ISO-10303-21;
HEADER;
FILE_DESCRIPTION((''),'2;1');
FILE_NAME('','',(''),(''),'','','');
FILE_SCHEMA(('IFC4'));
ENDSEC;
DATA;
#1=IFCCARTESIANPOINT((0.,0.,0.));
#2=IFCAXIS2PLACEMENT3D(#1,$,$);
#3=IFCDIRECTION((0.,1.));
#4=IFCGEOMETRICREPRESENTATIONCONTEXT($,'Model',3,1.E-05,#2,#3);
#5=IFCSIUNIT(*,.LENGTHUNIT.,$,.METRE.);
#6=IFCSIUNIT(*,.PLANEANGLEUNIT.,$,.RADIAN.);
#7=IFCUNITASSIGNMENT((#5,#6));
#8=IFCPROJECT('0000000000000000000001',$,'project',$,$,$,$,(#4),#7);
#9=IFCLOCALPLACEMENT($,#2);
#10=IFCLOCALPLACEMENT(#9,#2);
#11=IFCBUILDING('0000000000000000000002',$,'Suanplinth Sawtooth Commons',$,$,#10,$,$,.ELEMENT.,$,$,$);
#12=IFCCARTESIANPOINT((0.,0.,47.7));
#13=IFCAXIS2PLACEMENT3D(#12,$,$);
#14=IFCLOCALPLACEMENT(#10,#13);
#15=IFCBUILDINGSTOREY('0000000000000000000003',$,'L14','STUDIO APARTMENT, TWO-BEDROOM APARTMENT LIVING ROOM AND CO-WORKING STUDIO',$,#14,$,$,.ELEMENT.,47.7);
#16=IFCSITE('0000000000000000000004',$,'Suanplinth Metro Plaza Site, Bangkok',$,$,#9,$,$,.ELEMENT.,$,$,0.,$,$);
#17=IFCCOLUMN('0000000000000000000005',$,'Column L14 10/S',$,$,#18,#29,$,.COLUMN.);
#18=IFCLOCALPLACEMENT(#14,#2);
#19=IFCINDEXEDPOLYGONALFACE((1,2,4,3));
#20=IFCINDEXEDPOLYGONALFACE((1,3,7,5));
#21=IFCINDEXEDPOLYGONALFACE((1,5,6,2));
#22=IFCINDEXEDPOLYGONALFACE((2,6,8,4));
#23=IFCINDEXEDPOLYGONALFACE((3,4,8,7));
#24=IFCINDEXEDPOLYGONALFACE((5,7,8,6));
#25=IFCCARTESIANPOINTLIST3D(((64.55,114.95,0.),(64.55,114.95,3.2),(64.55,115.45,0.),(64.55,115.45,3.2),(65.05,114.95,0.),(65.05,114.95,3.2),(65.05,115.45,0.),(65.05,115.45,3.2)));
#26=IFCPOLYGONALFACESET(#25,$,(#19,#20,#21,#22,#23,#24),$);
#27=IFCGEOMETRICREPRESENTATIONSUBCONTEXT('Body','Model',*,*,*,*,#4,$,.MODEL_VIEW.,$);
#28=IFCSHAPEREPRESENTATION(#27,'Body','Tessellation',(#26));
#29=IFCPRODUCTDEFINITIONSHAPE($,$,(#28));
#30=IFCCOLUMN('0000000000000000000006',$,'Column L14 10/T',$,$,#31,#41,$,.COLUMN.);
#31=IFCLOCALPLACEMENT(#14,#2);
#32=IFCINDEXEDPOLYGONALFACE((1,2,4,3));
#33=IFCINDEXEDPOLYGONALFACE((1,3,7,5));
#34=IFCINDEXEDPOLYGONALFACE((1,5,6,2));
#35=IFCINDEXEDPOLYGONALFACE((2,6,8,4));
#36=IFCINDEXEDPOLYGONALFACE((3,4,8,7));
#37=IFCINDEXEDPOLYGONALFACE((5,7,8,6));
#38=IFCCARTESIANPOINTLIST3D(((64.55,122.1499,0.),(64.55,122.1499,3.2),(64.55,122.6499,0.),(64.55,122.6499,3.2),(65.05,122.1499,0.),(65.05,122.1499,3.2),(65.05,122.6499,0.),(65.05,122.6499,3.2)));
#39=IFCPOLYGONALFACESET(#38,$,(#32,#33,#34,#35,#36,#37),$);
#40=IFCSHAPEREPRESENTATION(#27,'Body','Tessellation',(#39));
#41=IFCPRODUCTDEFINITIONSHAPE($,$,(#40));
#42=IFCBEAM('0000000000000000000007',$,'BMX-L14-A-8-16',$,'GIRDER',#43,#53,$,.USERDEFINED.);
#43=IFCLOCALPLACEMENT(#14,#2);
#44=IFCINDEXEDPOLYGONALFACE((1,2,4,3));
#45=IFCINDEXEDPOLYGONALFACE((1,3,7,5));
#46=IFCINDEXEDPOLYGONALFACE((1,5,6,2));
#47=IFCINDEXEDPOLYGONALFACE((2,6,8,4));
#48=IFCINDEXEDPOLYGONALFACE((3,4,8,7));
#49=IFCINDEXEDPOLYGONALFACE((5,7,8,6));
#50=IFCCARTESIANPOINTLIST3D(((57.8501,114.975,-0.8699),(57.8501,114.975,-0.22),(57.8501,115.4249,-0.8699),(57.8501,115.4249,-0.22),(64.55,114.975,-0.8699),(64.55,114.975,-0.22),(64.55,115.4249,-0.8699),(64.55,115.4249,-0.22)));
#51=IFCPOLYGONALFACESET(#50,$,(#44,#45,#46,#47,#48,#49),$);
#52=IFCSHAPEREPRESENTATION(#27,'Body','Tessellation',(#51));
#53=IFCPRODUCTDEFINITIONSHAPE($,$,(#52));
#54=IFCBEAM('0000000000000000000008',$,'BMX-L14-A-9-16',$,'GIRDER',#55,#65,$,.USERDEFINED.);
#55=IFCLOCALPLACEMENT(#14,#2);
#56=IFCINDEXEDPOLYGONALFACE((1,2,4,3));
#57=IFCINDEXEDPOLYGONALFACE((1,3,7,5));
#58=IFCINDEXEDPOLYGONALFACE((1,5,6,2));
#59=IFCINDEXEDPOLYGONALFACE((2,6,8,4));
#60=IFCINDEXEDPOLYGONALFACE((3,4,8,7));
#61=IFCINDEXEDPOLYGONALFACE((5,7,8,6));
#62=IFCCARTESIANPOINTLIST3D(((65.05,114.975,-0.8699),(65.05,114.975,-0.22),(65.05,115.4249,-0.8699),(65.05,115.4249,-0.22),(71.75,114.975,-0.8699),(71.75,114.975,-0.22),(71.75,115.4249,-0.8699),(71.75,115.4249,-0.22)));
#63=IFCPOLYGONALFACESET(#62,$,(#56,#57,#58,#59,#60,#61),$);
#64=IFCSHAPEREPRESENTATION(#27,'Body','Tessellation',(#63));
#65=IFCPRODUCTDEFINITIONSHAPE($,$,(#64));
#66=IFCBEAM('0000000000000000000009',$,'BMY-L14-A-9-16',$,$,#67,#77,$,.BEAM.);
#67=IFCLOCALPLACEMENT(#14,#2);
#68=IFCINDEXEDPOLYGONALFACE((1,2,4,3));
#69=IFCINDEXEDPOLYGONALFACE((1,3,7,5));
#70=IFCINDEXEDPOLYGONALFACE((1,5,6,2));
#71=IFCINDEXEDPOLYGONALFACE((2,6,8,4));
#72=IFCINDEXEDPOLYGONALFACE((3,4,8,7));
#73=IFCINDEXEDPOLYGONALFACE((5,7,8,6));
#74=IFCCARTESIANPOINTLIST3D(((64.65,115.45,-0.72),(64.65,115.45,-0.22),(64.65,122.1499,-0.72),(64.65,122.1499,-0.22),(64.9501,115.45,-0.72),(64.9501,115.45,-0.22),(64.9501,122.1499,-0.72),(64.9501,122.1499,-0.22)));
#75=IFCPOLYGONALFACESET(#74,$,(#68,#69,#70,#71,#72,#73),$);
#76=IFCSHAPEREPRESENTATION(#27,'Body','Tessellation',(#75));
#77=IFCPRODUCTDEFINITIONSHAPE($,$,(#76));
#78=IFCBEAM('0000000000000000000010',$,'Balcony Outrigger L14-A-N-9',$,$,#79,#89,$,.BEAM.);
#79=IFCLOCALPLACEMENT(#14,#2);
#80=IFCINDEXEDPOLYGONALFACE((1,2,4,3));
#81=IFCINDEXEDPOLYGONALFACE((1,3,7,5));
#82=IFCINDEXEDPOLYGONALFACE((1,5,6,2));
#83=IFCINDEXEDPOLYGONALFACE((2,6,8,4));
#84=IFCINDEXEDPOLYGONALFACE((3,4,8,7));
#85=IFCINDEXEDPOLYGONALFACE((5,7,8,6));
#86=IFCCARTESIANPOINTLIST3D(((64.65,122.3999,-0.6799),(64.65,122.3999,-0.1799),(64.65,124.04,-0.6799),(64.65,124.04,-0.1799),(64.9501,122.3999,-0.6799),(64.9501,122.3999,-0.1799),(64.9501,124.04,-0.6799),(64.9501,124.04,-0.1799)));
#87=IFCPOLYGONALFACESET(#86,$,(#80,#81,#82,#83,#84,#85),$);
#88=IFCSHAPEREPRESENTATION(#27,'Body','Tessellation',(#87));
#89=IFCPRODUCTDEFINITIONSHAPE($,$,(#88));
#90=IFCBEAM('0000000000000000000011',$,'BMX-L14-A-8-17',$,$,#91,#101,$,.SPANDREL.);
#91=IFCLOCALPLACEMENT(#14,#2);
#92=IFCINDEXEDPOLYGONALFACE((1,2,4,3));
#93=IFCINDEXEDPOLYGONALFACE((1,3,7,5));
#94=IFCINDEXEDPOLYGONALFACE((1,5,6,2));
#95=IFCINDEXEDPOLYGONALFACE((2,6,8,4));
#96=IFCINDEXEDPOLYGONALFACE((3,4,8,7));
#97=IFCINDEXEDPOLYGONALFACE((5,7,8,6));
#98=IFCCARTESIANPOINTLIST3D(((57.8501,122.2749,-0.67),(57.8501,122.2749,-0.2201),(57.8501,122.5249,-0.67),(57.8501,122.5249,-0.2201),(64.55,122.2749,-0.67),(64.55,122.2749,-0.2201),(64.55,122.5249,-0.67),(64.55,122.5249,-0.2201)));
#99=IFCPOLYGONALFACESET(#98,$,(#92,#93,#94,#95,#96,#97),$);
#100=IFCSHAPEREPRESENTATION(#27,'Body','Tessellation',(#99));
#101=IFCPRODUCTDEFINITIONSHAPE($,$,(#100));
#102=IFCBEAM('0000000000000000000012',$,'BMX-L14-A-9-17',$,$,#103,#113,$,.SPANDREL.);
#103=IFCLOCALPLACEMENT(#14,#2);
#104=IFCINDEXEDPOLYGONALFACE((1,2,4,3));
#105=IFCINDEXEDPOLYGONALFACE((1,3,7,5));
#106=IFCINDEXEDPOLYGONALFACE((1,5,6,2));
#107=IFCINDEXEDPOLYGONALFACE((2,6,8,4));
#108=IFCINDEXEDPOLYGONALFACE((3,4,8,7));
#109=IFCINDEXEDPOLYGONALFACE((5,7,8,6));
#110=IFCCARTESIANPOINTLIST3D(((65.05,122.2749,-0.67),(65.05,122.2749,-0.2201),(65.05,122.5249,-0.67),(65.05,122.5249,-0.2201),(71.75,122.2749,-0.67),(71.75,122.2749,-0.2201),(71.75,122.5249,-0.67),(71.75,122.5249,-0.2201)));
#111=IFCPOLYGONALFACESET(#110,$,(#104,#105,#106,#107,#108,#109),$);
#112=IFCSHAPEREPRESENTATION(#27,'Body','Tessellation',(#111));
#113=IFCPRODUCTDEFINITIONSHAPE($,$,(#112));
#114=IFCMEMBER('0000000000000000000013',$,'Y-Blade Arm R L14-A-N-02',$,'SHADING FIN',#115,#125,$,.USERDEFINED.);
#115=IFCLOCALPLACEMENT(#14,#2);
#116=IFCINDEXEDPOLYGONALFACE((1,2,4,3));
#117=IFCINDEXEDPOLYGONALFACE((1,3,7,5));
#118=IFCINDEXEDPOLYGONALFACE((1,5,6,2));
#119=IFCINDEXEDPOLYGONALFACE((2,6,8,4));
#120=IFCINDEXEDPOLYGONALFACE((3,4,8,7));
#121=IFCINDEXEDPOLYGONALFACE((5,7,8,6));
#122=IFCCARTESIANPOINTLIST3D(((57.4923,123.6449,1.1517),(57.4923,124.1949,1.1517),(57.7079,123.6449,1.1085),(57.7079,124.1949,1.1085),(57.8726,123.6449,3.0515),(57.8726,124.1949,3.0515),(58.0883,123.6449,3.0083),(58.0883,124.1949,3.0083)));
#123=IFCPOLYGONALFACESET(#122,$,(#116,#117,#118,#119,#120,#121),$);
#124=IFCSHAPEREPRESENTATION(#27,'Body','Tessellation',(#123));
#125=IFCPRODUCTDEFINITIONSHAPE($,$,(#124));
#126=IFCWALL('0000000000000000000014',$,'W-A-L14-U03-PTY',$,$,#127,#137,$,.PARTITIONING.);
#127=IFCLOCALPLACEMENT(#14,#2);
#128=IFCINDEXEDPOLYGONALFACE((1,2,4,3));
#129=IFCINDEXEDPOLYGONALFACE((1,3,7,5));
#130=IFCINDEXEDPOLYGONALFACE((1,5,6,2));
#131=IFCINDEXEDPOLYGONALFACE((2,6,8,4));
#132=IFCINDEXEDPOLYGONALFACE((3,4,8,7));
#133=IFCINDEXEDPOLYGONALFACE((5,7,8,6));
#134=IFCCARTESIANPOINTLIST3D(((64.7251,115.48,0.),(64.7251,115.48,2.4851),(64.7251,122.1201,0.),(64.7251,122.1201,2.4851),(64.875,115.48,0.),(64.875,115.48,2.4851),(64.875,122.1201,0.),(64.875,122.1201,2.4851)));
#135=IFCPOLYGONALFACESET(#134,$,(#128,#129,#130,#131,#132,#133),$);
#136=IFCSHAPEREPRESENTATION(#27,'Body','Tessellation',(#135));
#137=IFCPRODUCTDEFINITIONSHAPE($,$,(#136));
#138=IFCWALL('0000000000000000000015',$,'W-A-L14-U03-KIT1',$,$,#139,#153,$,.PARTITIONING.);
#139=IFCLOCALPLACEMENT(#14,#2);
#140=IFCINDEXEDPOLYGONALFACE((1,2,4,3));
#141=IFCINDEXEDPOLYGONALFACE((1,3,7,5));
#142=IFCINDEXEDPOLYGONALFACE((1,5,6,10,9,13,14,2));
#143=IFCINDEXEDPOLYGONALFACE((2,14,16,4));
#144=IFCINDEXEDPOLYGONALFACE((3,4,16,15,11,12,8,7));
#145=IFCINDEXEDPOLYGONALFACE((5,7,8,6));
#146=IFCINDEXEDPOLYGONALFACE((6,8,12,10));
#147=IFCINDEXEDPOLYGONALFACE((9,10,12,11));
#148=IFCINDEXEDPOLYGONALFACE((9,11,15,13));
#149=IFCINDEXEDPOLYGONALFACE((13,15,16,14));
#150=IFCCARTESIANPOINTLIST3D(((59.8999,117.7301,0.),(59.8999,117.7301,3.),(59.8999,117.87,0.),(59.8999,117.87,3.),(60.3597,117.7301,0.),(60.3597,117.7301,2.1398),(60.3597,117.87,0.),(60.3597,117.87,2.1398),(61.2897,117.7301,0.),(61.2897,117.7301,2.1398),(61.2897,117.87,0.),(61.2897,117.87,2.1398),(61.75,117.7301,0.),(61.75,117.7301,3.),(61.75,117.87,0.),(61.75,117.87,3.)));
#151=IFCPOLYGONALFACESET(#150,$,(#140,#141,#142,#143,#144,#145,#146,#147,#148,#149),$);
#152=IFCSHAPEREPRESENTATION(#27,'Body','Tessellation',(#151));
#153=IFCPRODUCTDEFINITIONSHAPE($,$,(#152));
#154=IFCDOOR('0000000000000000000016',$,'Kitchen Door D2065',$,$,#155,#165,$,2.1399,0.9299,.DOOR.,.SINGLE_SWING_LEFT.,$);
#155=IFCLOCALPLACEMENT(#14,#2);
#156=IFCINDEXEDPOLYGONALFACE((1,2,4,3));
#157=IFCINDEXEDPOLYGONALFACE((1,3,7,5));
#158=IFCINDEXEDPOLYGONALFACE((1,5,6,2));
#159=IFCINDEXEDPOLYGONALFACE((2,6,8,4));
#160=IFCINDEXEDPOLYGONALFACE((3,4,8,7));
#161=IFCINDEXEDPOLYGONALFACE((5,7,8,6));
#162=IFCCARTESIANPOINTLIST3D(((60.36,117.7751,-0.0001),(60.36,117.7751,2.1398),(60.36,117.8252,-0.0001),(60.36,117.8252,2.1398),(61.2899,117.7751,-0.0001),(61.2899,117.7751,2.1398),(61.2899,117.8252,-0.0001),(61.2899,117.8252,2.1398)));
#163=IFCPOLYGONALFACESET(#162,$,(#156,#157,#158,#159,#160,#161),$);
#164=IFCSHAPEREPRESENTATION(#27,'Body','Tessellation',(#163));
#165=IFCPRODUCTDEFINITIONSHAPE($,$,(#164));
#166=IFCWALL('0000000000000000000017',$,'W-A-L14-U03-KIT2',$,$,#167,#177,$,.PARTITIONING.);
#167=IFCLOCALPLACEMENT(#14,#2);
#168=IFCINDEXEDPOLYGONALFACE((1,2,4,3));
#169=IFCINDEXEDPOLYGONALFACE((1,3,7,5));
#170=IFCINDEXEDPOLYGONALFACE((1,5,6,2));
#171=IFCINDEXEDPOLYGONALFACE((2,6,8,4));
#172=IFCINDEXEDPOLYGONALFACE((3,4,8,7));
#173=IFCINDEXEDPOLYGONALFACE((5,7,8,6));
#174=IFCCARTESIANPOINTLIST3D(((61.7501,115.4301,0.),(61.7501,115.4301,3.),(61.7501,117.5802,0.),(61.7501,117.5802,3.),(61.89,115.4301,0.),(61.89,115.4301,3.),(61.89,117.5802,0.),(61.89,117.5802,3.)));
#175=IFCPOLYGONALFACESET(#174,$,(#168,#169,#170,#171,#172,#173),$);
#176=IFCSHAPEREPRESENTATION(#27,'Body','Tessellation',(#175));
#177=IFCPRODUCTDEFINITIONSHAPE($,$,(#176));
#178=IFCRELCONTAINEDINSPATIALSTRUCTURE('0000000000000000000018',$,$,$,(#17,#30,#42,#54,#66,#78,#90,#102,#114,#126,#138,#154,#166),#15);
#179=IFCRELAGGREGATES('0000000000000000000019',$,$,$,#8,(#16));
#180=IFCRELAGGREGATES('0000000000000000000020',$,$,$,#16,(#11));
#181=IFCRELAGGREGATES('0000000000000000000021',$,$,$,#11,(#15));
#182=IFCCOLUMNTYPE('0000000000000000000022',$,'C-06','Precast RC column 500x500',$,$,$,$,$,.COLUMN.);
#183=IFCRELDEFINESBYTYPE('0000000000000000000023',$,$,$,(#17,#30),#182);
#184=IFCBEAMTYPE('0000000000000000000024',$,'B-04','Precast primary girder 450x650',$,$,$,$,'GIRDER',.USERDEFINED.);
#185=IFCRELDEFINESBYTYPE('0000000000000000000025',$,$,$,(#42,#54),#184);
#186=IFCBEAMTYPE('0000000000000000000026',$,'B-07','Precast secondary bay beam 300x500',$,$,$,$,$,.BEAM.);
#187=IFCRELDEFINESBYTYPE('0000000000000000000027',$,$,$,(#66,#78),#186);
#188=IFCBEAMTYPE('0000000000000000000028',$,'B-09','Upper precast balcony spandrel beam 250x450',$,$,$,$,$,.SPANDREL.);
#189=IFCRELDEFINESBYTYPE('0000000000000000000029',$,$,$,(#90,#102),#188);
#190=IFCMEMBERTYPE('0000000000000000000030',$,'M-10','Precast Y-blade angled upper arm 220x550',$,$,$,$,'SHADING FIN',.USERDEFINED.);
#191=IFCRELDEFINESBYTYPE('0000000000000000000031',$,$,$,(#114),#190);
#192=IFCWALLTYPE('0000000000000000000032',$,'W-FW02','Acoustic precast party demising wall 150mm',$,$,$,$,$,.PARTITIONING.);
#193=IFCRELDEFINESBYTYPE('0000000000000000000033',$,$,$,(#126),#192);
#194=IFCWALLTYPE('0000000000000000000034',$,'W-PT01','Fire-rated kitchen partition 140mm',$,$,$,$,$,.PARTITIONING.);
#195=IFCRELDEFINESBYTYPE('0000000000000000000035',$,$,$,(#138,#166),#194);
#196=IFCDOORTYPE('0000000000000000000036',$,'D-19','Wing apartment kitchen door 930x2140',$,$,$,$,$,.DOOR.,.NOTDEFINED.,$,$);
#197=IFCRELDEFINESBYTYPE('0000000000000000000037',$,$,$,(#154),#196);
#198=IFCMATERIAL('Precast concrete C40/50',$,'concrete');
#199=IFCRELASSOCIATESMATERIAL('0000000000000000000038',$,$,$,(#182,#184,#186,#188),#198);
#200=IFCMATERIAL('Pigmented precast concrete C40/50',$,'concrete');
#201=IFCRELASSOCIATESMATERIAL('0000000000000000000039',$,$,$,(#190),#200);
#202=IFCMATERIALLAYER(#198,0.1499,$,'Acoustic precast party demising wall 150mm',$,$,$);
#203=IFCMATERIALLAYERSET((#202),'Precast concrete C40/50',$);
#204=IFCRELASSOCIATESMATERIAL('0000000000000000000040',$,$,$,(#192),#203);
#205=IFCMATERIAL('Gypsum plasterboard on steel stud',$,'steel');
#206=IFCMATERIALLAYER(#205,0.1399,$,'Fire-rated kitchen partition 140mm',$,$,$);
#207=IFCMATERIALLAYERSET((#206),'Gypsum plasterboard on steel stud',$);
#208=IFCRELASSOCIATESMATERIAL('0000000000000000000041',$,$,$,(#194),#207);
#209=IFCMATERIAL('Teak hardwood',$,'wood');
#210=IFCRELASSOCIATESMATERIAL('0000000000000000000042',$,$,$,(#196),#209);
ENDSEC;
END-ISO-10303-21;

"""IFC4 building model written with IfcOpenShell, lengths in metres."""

from ifc_helpers import new_model, si_unit, direction, frame, frame_2d, origin, origin_2d, place, context, subcontext, project, spatial, rectangle, extrude, material, layer, layer_set, material_profile, profile_set, type_object, element, fill, save


model = new_model("IFC4")

# Units and contexts
model_context = context("Model", 3, precision=1e-05, world=origin(), true_north=direction((0.0, 1.0)))
body_context = subcontext(model_context, "Body", "Model", "MODEL_VIEW")
ifc_project = project(units=[si_unit("LENGTHUNIT", "METRE"), si_unit("PLANEANGLEUNIT", "RADIAN")], contexts=[model_context])

# Site, building, storey
site_placement = place(None, origin())
site = spatial("IfcSite", under=ifc_project, at=site_placement, Name="Suanplinth Metro Plaza Site, Bangkok", CompositionType="ELEMENT", RefElevation=0.0)
building_placement = place(site_placement, origin())
building = spatial("IfcBuilding", under=site, at=building_placement, Name="Suanplinth Sawtooth Commons", CompositionType="ELEMENT")
storey_placement = place(building_placement, frame((0.0, 0.0, 47.7)))
storey = spatial("IfcBuildingStorey", under=building, at=storey_placement, Name="L14", Description="STUDIO APARTMENT, TWO-BEDROOM APARTMENT LIVING ROOM AND CO-WORKING STUDIO", CompositionType="ELEMENT", Elevation=47.7)

# Columns
ifc_material_1 = material(Name="Precast concrete C40/50", Category="concrete")
ifc_material_profile_1 = material_profile(ifc_material_1, rectangle(XDim=0.5, YDim=0.5, at=origin_2d()), Name="PC-COL 500x500")
ifc_profile_set_1 = profile_set([ifc_material_profile_1], Name="Precast concrete C40/50")
column_type = type_object("IfcColumnType", Name="C-06", Description="Precast RC column 500x500", PredefinedType="COLUMN", material=ifc_profile_set_1)
for number, where, z_axis, x_axis, name in (
    (1, (64.8, 115.2, 0.0), (0.0, 0.0, 1.0), (1.0, 0.0, 0.0), "Column L14 10/S"),
    (2, (64.8, 122.3999, 0.0), (0.0, 0.0, 1.0), (1.0, 0.0, 0.0), "Column L14 10/T"),
):
    element("IfcColumn", number, at=place(storey_placement, frame(where, z_axis=z_axis, x_axis=x_axis)), inside=storey, type_object=column_type, Name=name, PredefinedType="COLUMN", context=body_context, shape_type="SweptSolid", body=[
        extrude(rectangle(XDim=0.5, YDim=0.5, at=origin_2d()), origin(), (0.0, 0.0, 1.0), 3.2),
    ])

# Beams
ifc_material_profile_2 = material_profile(ifc_material_1, rectangle(XDim=0.45, YDim=0.6499, at=origin_2d()), Name="PC-GDR 450x650")
ifc_profile_set_2 = profile_set([ifc_material_profile_2], Name="Precast concrete C40/50")
beam_type_1 = type_object("IfcBeamType", Name="B-04", Description="Precast primary girder 450x650", ElementType="GIRDER", PredefinedType="USERDEFINED", material=ifc_profile_set_2)
for number, where, z_axis, x_axis, name in (
    (3, (57.8501, 115.2, -0.5449), (1.0, 0.0, 0.0), (0.0, 1.0, 0.0), "BMX-L14-A-8-16"),
    (4, (65.05, 115.2, -0.5449), (1.0, 0.0, 0.0), (0.0, 1.0, 0.0), "BMX-L14-A-9-16"),
):
    element("IfcBeam", number, at=place(storey_placement, frame(where, z_axis=z_axis, x_axis=x_axis)), inside=storey, type_object=beam_type_1, Name=name, ObjectType="GIRDER", PredefinedType="USERDEFINED", context=body_context, shape_type="SweptSolid", body=[
        extrude(rectangle(XDim=0.45, YDim=0.6499, at=origin_2d()), origin(), (0.0, 0.0, 1.0), 6.7),
    ])
ifc_material_profile_3 = material_profile(ifc_material_1, rectangle(XDim=0.3, YDim=0.5, at=origin_2d()), Name="PC-BM 300x500")
ifc_profile_set_3 = profile_set([ifc_material_profile_3], Name="Precast concrete C40/50")
beam_type_2 = type_object("IfcBeamType", Name="B-07", Description="Precast secondary bay beam 300x500", PredefinedType="BEAM", material=ifc_profile_set_3)
beam_1_placement = place(storey_placement, frame((64.8, 115.45, -0.47), z_axis=(0.0, 1.0, 0.0), x_axis=(-1.0, 0.0, 0.0)))
element("IfcBeam", 5, at=beam_1_placement, inside=storey, type_object=beam_type_2, Name="BMY-L14-A-9-16", PredefinedType="BEAM", context=body_context, shape_type="SweptSolid", body=[
    extrude(rectangle(XDim=0.3, YDim=0.5, at=origin_2d()), origin(), (0.0, 0.0, 1.0), 6.7),
])
beam_2_placement = place(storey_placement, frame((64.8, 122.3999, -0.4299), z_axis=(0.0, 1.0, 0.0), x_axis=(-1.0, 0.0, 0.0)))
element("IfcBeam", 6, at=beam_2_placement, inside=storey, type_object=beam_type_2, Name="Balcony Outrigger L14-A-N-9", PredefinedType="BEAM", context=body_context, shape_type="SweptSolid", body=[
    extrude(rectangle(XDim=0.3, YDim=0.5, at=origin_2d()), origin(), (0.0, 0.0, 1.0), 1.6401),
])
ifc_material_profile_4 = material_profile(ifc_material_1, rectangle(XDim=0.25, YDim=0.45, at=origin_2d()), Name="PC-SP 250x450")
ifc_profile_set_4 = profile_set([ifc_material_profile_4], Name="Precast concrete C40/50")
beam_type_3 = type_object("IfcBeamType", Name="B-09", Description="Upper precast balcony spandrel beam 250x450", PredefinedType="SPANDREL", material=ifc_profile_set_4)
for number, where, z_axis, x_axis, name in (
    (7, (57.8501, 122.3999, -0.4451), (1.0, 0.0, 0.0), (0.0, 1.0, 0.0), "BMX-L14-A-8-17"),
    (8, (65.05, 122.3999, -0.4451), (1.0, 0.0, 0.0), (0.0, 1.0, 0.0), "BMX-L14-A-9-17"),
):
    element("IfcBeam", number, at=place(storey_placement, frame(where, z_axis=z_axis, x_axis=x_axis)), inside=storey, type_object=beam_type_3, Name=name, PredefinedType="SPANDREL", context=body_context, shape_type="SweptSolid", body=[
        extrude(rectangle(XDim=0.25, YDim=0.45, at=origin_2d()), origin(), (0.0, 0.0, 1.0), 6.7),
    ])

# Member
ifc_material_2 = material(Name="Pigmented precast concrete C40/50", Category="concrete")
ifc_material_profile_5 = material_profile(ifc_material_2, rectangle(XDim=0.22, YDim=0.55, at=origin_2d()), Name="PC-FIN 220x550")
ifc_profile_set_5 = profile_set([ifc_material_profile_5], Name="Pigmented precast concrete C40/50")
member_type = type_object("IfcMemberType", Name="M-10", Description="Precast Y-blade angled upper arm 220x550", ElementType="SHADING FIN", PredefinedType="USERDEFINED", material=ifc_profile_set_5)
member_placement = place(storey_placement, frame((57.6001, 123.9199, 1.1301), z_axis=(0.19631, 0.0, 0.980542), x_axis=(-0.980542, 0.0, 0.19631)))
element("IfcMember", 9, at=member_placement, inside=storey, type_object=member_type, Name="Y-Blade Arm R L14-A-N-02", ObjectType="SHADING FIN", PredefinedType="USERDEFINED", context=body_context, shape_type="SweptSolid", body=[
    extrude(rectangle(XDim=0.22, YDim=0.55, at=origin_2d()), origin(), (0.0, 0.0, 1.0), 1.9375),
])

# Wall
ifc_layer_1 = layer(ifc_material_1, 0.1499, Name="Acoustic precast party demising wall 150mm")
ifc_layer_set_1 = layer_set([ifc_layer_1], Name="Precast concrete C40/50")
wall_type_1 = type_object("IfcWallType", Name="W-FW02", Description="Acoustic precast party demising wall 150mm", PredefinedType="PARTITIONING", material=ifc_layer_set_1)
wall_1_placement = place(storey_placement, frame((64.8, 115.48, 0.0), z_axis=(0.0, 0.0, 1.0), x_axis=(0.0, 1.0, 0.0)))
element("IfcWall", 10, at=wall_1_placement, inside=storey, type_object=wall_type_1, Name="W-A-L14-U03-PTY", PredefinedType="PARTITIONING", context=body_context, shape_type="SweptSolid", body=[
    extrude(rectangle(XDim=6.6401, YDim=0.1499, at=frame_2d((3.3201, 0.0))), origin(), (0.0, 0.0, 1.0), 2.4851),
])

# Wall, opening, door
ifc_material_3 = material(Name="Gypsum plasterboard on steel stud", Category="steel")
ifc_layer_2 = layer(ifc_material_3, 0.1399, Name="Fire-rated kitchen partition 140mm")
ifc_layer_set_2 = layer_set([ifc_layer_2], Name="Gypsum plasterboard on steel stud")
wall_type_2 = type_object("IfcWallType", Name="W-PT01", Description="Fire-rated kitchen partition 140mm", PredefinedType="PARTITIONING", material=ifc_layer_set_2)
wall_2_placement = place(storey_placement, frame((59.8999, 117.8, 0.0), z_axis=(0.0, 0.0, 1.0), x_axis=(1.0, 0.0, 0.0)))
wall_2 = element("IfcWall", 11, at=wall_2_placement, inside=storey, type_object=wall_type_2, Name="W-A-L14-U03-KIT1", PredefinedType="PARTITIONING", context=body_context, shape_type="SweptSolid", body=[
    extrude(rectangle(XDim=1.8501, YDim=0.1399, at=frame_2d((0.925, 0.0))), origin(), (0.0, 0.0, 1.0), 3.0),
])
opening_1_placement = place(wall_2_placement, frame((0.46, 0.0, 0.0)))
opening_1 = element("IfcOpeningElement", 12, at=opening_1_placement, cuts=wall_2, PredefinedType="OPENING", context=body_context, shape_type="SweptSolid", body=[
    extrude(rectangle(XDim=0.9299, YDim=2.1399, at=frame_2d((0.4648, 1.0698))), frame((0.0, 0.085, 0.0), z_axis=(0.0, -1.0, 0.0), x_axis=(1.0, 0.0, 0.0)), (0.0, 0.0, 1.0), 0.1697),
])
ifc_material_4 = material(Name="Teak hardwood", Category="wood")
door_type_1 = type_object("IfcDoorType", Name="D-19", Description="Wing apartment kitchen door 930x2140", OperationType="NOTDEFINED", PredefinedType="DOOR", material=ifc_material_4)
door_1_placement = place(opening_1_placement, frame((0.9299, 0.0, 0.0), z_axis=(0.0, 0.0, 1.0), x_axis=(-1.0, 0.0, 0.0)))
door_1 = element("IfcDoor", 13, at=door_1_placement, inside=storey, type_object=door_type_1, Name="Kitchen Door D2065", OperationType="SINGLE_SWING_LEFT", OverallHeight=2.1399, OverallWidth=0.9299, PredefinedType="DOOR", context=body_context, shape_type="SweptSolid", body=[
    extrude(rectangle(XDim=0.9299, YDim=2.1399, at=frame_2d((0.4648, 1.0698))), frame((0.0, 0.0249, 0.0), z_axis=(0.0, -1.0, 0.0), x_axis=(1.0, 0.0, 0.0)), (0.0, 0.0, 1.0), 0.05),
])
fill(opening_1, door_1)

# Wall
wall_3_placement = place(storey_placement, frame((61.8201, 115.4299, 0.0), z_axis=(0.0, 0.0, 1.0), x_axis=(0.0, 1.0, 0.0)))
element("IfcWall", 14, at=wall_3_placement, inside=storey, type_object=wall_type_2, Name="W-A-L14-U03-KIT2", PredefinedType="PARTITIONING", context=body_context, shape_type="SweptSolid", body=[
    extrude(rectangle(XDim=2.1501, YDim=0.1399, at=frame_2d((1.0752, 0.0))), origin(), (0.0, 0.0, 1.0), 3.0),
])

save(model, "model.ifc")
